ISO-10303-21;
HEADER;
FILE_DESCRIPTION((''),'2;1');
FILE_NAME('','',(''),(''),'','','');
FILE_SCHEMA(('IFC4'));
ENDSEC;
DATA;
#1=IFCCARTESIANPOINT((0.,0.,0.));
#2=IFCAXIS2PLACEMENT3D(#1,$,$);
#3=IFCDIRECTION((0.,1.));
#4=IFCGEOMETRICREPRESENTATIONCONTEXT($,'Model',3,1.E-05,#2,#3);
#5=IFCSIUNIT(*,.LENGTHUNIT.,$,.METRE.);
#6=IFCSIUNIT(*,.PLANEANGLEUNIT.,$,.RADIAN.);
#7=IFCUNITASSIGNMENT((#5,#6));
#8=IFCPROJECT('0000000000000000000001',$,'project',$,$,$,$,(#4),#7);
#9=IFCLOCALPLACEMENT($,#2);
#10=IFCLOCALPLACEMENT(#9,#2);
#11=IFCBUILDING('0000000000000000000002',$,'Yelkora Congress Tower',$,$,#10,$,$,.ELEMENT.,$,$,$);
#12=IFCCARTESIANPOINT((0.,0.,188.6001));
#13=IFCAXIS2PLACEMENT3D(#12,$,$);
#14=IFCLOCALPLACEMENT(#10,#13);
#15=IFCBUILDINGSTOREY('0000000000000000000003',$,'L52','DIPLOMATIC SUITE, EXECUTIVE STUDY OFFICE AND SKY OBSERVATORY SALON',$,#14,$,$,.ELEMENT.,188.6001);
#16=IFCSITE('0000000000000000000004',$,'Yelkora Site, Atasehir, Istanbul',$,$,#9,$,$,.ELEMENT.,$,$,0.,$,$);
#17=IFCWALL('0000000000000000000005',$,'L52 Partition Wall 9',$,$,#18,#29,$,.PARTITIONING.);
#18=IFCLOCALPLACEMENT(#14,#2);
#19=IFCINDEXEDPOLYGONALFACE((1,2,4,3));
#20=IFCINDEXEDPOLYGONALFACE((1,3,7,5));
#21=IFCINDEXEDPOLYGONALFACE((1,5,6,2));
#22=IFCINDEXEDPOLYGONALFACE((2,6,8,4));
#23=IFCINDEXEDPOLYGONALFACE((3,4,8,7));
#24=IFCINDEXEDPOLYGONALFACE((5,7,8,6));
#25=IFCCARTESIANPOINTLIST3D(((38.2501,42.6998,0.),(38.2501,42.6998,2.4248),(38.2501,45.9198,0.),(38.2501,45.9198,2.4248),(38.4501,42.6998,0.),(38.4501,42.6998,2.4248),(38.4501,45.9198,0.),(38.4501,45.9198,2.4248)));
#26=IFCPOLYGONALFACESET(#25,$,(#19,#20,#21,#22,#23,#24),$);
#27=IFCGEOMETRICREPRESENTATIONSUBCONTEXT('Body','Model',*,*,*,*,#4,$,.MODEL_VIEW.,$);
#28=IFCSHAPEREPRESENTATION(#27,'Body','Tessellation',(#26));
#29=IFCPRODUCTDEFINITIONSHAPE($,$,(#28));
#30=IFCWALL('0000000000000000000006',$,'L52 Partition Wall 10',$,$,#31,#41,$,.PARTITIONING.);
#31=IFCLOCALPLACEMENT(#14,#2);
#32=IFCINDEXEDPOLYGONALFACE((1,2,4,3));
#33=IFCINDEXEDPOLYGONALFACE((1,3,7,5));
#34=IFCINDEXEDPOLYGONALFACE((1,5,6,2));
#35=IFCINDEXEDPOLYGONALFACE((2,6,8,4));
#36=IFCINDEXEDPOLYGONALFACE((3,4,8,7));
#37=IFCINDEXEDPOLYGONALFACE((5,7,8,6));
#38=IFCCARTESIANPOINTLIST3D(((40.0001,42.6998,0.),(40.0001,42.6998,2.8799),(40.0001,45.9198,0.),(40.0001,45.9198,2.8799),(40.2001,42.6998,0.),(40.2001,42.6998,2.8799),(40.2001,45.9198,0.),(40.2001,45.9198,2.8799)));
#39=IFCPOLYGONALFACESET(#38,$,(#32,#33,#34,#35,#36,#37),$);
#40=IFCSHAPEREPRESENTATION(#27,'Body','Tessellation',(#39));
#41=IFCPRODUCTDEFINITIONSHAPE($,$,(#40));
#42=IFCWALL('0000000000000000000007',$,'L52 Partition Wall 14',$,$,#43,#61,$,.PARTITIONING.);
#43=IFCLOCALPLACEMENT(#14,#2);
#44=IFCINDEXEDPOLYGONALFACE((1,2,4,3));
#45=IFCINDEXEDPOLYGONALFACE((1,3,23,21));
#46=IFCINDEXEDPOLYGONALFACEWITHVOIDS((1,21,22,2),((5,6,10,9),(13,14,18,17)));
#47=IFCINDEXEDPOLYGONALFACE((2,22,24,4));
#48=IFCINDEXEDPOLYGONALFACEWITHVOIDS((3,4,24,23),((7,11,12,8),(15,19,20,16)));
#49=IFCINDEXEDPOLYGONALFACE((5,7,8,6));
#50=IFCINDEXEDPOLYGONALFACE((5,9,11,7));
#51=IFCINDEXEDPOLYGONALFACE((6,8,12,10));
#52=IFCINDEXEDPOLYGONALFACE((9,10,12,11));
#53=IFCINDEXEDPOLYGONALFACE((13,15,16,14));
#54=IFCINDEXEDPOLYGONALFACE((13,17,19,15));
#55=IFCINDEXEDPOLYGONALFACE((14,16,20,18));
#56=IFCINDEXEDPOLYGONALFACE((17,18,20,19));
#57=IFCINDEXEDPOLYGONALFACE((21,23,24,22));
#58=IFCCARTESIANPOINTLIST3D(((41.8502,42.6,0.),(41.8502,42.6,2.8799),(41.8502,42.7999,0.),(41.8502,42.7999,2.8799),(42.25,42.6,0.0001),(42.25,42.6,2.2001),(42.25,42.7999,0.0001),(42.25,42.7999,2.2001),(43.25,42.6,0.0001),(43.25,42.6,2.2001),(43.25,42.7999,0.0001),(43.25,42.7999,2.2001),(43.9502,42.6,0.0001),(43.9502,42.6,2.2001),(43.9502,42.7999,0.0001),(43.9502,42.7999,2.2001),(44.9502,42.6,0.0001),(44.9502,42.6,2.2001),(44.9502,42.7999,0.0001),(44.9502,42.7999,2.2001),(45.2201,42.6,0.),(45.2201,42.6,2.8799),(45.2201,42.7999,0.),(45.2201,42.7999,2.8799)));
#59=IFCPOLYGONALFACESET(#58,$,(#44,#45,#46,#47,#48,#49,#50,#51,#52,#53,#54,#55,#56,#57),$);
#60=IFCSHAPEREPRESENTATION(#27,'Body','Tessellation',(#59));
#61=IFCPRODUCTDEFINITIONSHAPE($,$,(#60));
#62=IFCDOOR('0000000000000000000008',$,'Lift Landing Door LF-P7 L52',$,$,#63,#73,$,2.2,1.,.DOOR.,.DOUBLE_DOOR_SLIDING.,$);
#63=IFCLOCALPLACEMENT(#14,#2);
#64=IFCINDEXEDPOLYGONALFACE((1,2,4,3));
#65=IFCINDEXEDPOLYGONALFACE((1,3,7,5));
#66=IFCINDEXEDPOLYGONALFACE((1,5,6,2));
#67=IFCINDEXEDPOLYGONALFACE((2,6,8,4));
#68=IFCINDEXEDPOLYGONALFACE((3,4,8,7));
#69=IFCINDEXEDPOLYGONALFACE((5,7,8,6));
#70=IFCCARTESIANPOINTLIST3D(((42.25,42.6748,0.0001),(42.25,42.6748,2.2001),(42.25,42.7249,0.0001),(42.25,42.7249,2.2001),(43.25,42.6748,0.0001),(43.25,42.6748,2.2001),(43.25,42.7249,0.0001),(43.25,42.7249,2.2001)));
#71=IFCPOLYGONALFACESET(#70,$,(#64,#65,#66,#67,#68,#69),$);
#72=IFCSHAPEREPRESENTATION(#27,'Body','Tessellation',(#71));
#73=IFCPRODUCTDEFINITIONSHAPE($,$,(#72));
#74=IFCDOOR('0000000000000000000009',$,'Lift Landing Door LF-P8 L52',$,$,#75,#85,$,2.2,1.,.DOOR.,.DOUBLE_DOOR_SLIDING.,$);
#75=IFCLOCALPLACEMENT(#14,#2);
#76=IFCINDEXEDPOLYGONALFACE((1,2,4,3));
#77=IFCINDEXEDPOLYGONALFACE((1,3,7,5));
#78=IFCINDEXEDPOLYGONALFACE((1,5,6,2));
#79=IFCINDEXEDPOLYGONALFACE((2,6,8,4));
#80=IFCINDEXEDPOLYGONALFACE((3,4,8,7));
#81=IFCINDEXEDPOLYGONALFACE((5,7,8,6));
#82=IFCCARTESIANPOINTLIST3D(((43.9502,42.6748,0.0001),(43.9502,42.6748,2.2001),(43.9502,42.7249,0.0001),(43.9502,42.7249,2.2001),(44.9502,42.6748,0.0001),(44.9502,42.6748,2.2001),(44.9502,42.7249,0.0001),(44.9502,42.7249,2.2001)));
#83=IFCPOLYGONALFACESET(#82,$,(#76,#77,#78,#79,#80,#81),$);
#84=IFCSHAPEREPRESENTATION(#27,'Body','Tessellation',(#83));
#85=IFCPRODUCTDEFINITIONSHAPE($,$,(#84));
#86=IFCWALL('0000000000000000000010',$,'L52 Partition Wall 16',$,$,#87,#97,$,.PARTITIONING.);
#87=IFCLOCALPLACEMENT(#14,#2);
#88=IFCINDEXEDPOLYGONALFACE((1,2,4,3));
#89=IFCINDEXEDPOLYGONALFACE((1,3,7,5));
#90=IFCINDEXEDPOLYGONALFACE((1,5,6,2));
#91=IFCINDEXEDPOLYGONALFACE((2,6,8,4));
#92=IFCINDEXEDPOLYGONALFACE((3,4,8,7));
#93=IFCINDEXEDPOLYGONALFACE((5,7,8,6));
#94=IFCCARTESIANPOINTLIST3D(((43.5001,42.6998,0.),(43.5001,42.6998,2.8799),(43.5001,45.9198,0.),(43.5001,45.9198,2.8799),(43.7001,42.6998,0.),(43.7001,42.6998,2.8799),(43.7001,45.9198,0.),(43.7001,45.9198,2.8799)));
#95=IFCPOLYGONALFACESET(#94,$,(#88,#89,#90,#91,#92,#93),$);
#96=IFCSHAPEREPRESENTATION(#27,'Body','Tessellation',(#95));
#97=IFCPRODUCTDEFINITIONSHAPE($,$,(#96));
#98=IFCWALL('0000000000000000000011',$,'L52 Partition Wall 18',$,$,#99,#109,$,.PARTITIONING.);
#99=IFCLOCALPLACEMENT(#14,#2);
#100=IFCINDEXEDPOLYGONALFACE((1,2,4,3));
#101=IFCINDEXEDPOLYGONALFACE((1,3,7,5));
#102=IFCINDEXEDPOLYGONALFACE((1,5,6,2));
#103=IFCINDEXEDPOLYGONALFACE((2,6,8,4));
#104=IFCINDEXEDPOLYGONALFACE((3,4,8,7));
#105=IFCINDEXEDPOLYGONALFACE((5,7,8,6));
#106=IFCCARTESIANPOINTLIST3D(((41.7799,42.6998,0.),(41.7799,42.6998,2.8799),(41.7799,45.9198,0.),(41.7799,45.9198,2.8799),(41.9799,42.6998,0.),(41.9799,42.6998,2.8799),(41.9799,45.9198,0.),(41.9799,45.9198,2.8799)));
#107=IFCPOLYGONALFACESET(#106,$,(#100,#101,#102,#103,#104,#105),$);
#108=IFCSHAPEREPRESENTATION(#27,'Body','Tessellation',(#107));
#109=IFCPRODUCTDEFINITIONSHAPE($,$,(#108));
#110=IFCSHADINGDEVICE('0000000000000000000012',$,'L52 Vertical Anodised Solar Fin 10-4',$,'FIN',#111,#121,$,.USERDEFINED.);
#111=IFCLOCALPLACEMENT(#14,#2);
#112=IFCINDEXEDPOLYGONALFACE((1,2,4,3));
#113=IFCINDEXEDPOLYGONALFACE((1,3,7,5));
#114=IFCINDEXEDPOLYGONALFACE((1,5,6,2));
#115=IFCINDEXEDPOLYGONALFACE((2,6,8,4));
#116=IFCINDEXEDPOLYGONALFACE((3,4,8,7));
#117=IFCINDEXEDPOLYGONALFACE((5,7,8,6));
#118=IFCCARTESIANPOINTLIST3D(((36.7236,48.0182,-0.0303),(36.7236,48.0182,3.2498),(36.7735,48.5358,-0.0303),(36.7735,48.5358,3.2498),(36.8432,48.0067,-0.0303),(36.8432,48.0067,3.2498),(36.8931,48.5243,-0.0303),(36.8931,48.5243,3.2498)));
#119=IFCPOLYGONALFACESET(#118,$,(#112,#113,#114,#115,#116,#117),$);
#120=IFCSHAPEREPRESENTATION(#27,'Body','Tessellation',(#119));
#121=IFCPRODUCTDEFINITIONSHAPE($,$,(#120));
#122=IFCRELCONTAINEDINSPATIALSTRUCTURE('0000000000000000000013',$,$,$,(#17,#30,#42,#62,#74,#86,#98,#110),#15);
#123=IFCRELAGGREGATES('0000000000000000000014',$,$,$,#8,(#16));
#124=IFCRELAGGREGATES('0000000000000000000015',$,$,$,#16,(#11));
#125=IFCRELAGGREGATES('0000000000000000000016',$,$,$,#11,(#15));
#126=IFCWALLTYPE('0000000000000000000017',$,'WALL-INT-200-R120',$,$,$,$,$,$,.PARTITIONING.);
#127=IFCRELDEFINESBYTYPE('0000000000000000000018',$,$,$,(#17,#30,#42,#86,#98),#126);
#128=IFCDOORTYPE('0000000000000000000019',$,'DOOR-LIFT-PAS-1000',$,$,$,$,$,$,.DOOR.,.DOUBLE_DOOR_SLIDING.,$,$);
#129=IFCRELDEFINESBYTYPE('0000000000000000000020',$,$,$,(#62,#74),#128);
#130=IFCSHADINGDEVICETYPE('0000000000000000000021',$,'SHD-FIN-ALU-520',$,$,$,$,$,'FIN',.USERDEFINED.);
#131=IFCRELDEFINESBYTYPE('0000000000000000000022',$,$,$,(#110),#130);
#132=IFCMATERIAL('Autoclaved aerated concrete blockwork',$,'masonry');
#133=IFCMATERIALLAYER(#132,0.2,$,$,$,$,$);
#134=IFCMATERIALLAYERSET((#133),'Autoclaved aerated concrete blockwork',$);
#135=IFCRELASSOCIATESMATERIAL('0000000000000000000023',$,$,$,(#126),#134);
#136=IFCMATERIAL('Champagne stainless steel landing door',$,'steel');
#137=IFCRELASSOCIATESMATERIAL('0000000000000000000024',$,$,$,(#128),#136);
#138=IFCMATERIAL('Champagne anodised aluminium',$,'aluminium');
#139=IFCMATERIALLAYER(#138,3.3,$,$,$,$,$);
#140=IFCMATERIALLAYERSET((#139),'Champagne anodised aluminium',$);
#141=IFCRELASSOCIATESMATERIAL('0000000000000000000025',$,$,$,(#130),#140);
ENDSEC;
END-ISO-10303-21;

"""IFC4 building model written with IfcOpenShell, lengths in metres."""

from ifc_helpers import new_model, si_unit, direction, frame, frame_2d, origin, origin_2d, place, context, subcontext, project, spatial, rectangle, extrude, material, layer, layer_set, type_object, element, fill, save


model = new_model("IFC4")

# Units and contexts
model_context = context("Model", 3, precision=1e-05, world=origin(), true_north=direction((0.0, 1.0)))
body_context = subcontext(model_context, "Body", "Model", "MODEL_VIEW")
ifc_project = project(units=[si_unit("LENGTHUNIT", "METRE"), si_unit("PLANEANGLEUNIT", "RADIAN")], contexts=[model_context])

# Site, building, storey
site_placement = place(None, origin())
site = spatial("IfcSite", under=ifc_project, at=site_placement, Name="Yelkora Site, Atasehir, Istanbul", CompositionType="ELEMENT", RefElevation=0.0)
building_placement = place(site_placement, origin())
building = spatial("IfcBuilding", under=site, at=building_placement, Name="Yelkora Congress Tower", CompositionType="ELEMENT")
storey_placement = place(building_placement, frame((0.0, 0.0, 188.6001)))
storey = spatial("IfcBuildingStorey", under=building, at=storey_placement, Name="L52", Description="DIPLOMATIC SUITE, EXECUTIVE STUDY OFFICE AND SKY OBSERVATORY SALON", CompositionType="ELEMENT", Elevation=188.6001)

# Walls
ifc_material_1 = material(Name="Autoclaved aerated concrete blockwork", Category="masonry")
ifc_layer_1 = layer(ifc_material_1, 0.2)
ifc_layer_set_1 = layer_set([ifc_layer_1], Name="Autoclaved aerated concrete blockwork")
wall_type = type_object("IfcWallType", Name="WALL-INT-200-R120", PredefinedType="PARTITIONING", material=ifc_layer_set_1)
wall_1_placement = place(storey_placement, frame((38.3501, 42.7, 0.0), z_axis=(0.0, 0.0, 1.0), x_axis=(0.0, 1.0, 0.0)))
element("IfcWall", 1, at=wall_1_placement, inside=storey, type_object=wall_type, Name="L52 Partition Wall 9", PredefinedType="PARTITIONING", context=body_context, shape_type="SweptSolid", body=[
    extrude(rectangle(XDim=3.22, YDim=0.2, at=frame_2d((1.6099, 0.0))), origin(), (0.0, 0.0, 1.0), 2.4248),
])
wall_2_placement = place(storey_placement, frame((40.1001, 42.7, 0.0), z_axis=(0.0, 0.0, 1.0), x_axis=(0.0, 1.0, 0.0)))
element("IfcWall", 2, at=wall_2_placement, inside=storey, type_object=wall_type, Name="L52 Partition Wall 10", PredefinedType="PARTITIONING", context=body_context, shape_type="SweptSolid", body=[
    extrude(rectangle(XDim=3.22, YDim=0.2, at=frame_2d((1.6099, 0.0))), origin(), (0.0, 0.0, 1.0), 2.8799),
])

# Wall, openings, doors
wall_3_placement = place(storey_placement, frame((41.8501, 42.7, 0.0), z_axis=(0.0, 0.0, 1.0), x_axis=(1.0, 0.0, 0.0)))
wall_3 = element("IfcWall", 3, at=wall_3_placement, inside=storey, type_object=wall_type, Name="L52 Partition Wall 14", PredefinedType="PARTITIONING", context=body_context, shape_type="SweptSolid", body=[
    extrude(rectangle(XDim=3.3699, YDim=0.2, at=frame_2d((1.6851, 0.0))), origin(), (0.0, 0.0, 1.0), 2.8799),
])
opening_1_placement = place(wall_3_placement, frame((0.3999, 0.0, 0.0)))
opening_1 = element("IfcOpeningElement", 4, at=opening_1_placement, cuts=wall_3, PredefinedType="OPENING", context=body_context, shape_type="SweptSolid", body=[
    extrude(rectangle(XDim=1.0, YDim=2.2, at=frame_2d((0.5, 1.1001))), frame((0.0, 0.1099, 0.0), z_axis=(0.0, -1.0, 0.0), x_axis=(1.0, 0.0, 0.0)), (0.0, 0.0, 1.0), 0.22),
])
opening_2_placement = place(wall_3_placement, frame((2.1001, 0.0, 0.0)))
opening_2 = element("IfcOpeningElement", 5, at=opening_2_placement, cuts=wall_3, PredefinedType="OPENING", context=body_context, shape_type="SweptSolid", body=[
    extrude(rectangle(XDim=1.0, YDim=2.2, at=frame_2d((0.5, 1.1001))), frame((0.0, 0.1099, 0.0), z_axis=(0.0, -1.0, 0.0), x_axis=(1.0, 0.0, 0.0)), (0.0, 0.0, 1.0), 0.22),
])
ifc_material_2 = material(Name="Champagne stainless steel landing door", Category="steel")
door_type = type_object("IfcDoorType", Name="DOOR-LIFT-PAS-1000", OperationType="DOUBLE_DOOR_SLIDING", PredefinedType="DOOR", material=ifc_material_2)
door_1_placement = place(opening_1_placement, origin())
door_1 = element("IfcDoor", 6, at=door_1_placement, inside=storey, type_object=door_type, Name="Lift Landing Door LF-P7 L52", OperationType="DOUBLE_DOOR_SLIDING", OverallHeight=2.2, OverallWidth=1.0, PredefinedType="DOOR", context=body_context, shape_type="SweptSolid", body=[
    extrude(rectangle(XDim=1.0, YDim=2.2, at=frame_2d((0.5, 1.1001))), frame((0.0, 0.0249, 0.0), z_axis=(0.0, -1.0, 0.0), x_axis=(1.0, 0.0, 0.0)), (0.0, 0.0, 1.0), 0.05),
])
fill(opening_1, door_1)
door_2_placement = place(opening_2_placement, origin())
door_2 = element("IfcDoor", 7, at=door_2_placement, inside=storey, type_object=door_type, Name="Lift Landing Door LF-P8 L52", OperationType="DOUBLE_DOOR_SLIDING", OverallHeight=2.2, OverallWidth=1.0, PredefinedType="DOOR", context=body_context, shape_type="SweptSolid", body=[
    extrude(rectangle(XDim=1.0, YDim=2.2, at=frame_2d((0.5, 1.1001))), frame((0.0, 0.0249, 0.0), z_axis=(0.0, -1.0, 0.0), x_axis=(1.0, 0.0, 0.0)), (0.0, 0.0, 1.0), 0.05),
])
fill(opening_2, door_2)

# Walls
for number, where, z_axis, x_axis, name in (
    (8, (43.6001, 42.7, 0.0), (0.0, 0.0, 1.0), (0.0, 1.0, 0.0), "L52 Partition Wall 16"),
    (9, (41.8799, 42.7, 0.0), (0.0, 0.0, 1.0), (0.0, 1.0, 0.0), "L52 Partition Wall 18"),
):
    element("IfcWall", number, at=place(storey_placement, frame(where, z_axis=z_axis, x_axis=x_axis)), inside=storey, type_object=wall_type, Name=name, PredefinedType="PARTITIONING", context=body_context, shape_type="SweptSolid", body=[
        extrude(rectangle(XDim=3.22, YDim=0.2, at=frame_2d((1.6099, 0.0))), origin(), (0.0, 0.0, 1.0), 2.8799),
    ])

# Shading device
ifc_material_3 = material(Name="Champagne anodised aluminium", Category="aluminium")
ifc_layer_2 = layer(ifc_material_3, 3.3)
ifc_layer_set_2 = layer_set([ifc_layer_2], Name="Champagne anodised aluminium")
shading_device_type = type_object("IfcShadingDeviceType", Name="SHD-FIN-ALU-520", ElementType="FIN", PredefinedType="USERDEFINED", material=ifc_layer_set_2)
shading_device_placement = place(storey_placement, frame((36.8083, 48.2712, -0.0303), z_axis=(0.0, 0.0, 1.0), x_axis=(0.995396, -0.095846, 0.0)))
element("IfcShadingDevice", 10, at=shading_device_placement, inside=storey, type_object=shading_device_type, Name="L52 Vertical Anodised Solar Fin 10-4", ObjectType="FIN", PredefinedType="USERDEFINED", context=body_context, shape_type="SweptSolid", body=[
    extrude(rectangle(XDim=0.1201, YDim=0.52, at=origin_2d()), origin(), (0.0, 0.0, 1.0), 3.28),
])

save(model, "model.ifc")
